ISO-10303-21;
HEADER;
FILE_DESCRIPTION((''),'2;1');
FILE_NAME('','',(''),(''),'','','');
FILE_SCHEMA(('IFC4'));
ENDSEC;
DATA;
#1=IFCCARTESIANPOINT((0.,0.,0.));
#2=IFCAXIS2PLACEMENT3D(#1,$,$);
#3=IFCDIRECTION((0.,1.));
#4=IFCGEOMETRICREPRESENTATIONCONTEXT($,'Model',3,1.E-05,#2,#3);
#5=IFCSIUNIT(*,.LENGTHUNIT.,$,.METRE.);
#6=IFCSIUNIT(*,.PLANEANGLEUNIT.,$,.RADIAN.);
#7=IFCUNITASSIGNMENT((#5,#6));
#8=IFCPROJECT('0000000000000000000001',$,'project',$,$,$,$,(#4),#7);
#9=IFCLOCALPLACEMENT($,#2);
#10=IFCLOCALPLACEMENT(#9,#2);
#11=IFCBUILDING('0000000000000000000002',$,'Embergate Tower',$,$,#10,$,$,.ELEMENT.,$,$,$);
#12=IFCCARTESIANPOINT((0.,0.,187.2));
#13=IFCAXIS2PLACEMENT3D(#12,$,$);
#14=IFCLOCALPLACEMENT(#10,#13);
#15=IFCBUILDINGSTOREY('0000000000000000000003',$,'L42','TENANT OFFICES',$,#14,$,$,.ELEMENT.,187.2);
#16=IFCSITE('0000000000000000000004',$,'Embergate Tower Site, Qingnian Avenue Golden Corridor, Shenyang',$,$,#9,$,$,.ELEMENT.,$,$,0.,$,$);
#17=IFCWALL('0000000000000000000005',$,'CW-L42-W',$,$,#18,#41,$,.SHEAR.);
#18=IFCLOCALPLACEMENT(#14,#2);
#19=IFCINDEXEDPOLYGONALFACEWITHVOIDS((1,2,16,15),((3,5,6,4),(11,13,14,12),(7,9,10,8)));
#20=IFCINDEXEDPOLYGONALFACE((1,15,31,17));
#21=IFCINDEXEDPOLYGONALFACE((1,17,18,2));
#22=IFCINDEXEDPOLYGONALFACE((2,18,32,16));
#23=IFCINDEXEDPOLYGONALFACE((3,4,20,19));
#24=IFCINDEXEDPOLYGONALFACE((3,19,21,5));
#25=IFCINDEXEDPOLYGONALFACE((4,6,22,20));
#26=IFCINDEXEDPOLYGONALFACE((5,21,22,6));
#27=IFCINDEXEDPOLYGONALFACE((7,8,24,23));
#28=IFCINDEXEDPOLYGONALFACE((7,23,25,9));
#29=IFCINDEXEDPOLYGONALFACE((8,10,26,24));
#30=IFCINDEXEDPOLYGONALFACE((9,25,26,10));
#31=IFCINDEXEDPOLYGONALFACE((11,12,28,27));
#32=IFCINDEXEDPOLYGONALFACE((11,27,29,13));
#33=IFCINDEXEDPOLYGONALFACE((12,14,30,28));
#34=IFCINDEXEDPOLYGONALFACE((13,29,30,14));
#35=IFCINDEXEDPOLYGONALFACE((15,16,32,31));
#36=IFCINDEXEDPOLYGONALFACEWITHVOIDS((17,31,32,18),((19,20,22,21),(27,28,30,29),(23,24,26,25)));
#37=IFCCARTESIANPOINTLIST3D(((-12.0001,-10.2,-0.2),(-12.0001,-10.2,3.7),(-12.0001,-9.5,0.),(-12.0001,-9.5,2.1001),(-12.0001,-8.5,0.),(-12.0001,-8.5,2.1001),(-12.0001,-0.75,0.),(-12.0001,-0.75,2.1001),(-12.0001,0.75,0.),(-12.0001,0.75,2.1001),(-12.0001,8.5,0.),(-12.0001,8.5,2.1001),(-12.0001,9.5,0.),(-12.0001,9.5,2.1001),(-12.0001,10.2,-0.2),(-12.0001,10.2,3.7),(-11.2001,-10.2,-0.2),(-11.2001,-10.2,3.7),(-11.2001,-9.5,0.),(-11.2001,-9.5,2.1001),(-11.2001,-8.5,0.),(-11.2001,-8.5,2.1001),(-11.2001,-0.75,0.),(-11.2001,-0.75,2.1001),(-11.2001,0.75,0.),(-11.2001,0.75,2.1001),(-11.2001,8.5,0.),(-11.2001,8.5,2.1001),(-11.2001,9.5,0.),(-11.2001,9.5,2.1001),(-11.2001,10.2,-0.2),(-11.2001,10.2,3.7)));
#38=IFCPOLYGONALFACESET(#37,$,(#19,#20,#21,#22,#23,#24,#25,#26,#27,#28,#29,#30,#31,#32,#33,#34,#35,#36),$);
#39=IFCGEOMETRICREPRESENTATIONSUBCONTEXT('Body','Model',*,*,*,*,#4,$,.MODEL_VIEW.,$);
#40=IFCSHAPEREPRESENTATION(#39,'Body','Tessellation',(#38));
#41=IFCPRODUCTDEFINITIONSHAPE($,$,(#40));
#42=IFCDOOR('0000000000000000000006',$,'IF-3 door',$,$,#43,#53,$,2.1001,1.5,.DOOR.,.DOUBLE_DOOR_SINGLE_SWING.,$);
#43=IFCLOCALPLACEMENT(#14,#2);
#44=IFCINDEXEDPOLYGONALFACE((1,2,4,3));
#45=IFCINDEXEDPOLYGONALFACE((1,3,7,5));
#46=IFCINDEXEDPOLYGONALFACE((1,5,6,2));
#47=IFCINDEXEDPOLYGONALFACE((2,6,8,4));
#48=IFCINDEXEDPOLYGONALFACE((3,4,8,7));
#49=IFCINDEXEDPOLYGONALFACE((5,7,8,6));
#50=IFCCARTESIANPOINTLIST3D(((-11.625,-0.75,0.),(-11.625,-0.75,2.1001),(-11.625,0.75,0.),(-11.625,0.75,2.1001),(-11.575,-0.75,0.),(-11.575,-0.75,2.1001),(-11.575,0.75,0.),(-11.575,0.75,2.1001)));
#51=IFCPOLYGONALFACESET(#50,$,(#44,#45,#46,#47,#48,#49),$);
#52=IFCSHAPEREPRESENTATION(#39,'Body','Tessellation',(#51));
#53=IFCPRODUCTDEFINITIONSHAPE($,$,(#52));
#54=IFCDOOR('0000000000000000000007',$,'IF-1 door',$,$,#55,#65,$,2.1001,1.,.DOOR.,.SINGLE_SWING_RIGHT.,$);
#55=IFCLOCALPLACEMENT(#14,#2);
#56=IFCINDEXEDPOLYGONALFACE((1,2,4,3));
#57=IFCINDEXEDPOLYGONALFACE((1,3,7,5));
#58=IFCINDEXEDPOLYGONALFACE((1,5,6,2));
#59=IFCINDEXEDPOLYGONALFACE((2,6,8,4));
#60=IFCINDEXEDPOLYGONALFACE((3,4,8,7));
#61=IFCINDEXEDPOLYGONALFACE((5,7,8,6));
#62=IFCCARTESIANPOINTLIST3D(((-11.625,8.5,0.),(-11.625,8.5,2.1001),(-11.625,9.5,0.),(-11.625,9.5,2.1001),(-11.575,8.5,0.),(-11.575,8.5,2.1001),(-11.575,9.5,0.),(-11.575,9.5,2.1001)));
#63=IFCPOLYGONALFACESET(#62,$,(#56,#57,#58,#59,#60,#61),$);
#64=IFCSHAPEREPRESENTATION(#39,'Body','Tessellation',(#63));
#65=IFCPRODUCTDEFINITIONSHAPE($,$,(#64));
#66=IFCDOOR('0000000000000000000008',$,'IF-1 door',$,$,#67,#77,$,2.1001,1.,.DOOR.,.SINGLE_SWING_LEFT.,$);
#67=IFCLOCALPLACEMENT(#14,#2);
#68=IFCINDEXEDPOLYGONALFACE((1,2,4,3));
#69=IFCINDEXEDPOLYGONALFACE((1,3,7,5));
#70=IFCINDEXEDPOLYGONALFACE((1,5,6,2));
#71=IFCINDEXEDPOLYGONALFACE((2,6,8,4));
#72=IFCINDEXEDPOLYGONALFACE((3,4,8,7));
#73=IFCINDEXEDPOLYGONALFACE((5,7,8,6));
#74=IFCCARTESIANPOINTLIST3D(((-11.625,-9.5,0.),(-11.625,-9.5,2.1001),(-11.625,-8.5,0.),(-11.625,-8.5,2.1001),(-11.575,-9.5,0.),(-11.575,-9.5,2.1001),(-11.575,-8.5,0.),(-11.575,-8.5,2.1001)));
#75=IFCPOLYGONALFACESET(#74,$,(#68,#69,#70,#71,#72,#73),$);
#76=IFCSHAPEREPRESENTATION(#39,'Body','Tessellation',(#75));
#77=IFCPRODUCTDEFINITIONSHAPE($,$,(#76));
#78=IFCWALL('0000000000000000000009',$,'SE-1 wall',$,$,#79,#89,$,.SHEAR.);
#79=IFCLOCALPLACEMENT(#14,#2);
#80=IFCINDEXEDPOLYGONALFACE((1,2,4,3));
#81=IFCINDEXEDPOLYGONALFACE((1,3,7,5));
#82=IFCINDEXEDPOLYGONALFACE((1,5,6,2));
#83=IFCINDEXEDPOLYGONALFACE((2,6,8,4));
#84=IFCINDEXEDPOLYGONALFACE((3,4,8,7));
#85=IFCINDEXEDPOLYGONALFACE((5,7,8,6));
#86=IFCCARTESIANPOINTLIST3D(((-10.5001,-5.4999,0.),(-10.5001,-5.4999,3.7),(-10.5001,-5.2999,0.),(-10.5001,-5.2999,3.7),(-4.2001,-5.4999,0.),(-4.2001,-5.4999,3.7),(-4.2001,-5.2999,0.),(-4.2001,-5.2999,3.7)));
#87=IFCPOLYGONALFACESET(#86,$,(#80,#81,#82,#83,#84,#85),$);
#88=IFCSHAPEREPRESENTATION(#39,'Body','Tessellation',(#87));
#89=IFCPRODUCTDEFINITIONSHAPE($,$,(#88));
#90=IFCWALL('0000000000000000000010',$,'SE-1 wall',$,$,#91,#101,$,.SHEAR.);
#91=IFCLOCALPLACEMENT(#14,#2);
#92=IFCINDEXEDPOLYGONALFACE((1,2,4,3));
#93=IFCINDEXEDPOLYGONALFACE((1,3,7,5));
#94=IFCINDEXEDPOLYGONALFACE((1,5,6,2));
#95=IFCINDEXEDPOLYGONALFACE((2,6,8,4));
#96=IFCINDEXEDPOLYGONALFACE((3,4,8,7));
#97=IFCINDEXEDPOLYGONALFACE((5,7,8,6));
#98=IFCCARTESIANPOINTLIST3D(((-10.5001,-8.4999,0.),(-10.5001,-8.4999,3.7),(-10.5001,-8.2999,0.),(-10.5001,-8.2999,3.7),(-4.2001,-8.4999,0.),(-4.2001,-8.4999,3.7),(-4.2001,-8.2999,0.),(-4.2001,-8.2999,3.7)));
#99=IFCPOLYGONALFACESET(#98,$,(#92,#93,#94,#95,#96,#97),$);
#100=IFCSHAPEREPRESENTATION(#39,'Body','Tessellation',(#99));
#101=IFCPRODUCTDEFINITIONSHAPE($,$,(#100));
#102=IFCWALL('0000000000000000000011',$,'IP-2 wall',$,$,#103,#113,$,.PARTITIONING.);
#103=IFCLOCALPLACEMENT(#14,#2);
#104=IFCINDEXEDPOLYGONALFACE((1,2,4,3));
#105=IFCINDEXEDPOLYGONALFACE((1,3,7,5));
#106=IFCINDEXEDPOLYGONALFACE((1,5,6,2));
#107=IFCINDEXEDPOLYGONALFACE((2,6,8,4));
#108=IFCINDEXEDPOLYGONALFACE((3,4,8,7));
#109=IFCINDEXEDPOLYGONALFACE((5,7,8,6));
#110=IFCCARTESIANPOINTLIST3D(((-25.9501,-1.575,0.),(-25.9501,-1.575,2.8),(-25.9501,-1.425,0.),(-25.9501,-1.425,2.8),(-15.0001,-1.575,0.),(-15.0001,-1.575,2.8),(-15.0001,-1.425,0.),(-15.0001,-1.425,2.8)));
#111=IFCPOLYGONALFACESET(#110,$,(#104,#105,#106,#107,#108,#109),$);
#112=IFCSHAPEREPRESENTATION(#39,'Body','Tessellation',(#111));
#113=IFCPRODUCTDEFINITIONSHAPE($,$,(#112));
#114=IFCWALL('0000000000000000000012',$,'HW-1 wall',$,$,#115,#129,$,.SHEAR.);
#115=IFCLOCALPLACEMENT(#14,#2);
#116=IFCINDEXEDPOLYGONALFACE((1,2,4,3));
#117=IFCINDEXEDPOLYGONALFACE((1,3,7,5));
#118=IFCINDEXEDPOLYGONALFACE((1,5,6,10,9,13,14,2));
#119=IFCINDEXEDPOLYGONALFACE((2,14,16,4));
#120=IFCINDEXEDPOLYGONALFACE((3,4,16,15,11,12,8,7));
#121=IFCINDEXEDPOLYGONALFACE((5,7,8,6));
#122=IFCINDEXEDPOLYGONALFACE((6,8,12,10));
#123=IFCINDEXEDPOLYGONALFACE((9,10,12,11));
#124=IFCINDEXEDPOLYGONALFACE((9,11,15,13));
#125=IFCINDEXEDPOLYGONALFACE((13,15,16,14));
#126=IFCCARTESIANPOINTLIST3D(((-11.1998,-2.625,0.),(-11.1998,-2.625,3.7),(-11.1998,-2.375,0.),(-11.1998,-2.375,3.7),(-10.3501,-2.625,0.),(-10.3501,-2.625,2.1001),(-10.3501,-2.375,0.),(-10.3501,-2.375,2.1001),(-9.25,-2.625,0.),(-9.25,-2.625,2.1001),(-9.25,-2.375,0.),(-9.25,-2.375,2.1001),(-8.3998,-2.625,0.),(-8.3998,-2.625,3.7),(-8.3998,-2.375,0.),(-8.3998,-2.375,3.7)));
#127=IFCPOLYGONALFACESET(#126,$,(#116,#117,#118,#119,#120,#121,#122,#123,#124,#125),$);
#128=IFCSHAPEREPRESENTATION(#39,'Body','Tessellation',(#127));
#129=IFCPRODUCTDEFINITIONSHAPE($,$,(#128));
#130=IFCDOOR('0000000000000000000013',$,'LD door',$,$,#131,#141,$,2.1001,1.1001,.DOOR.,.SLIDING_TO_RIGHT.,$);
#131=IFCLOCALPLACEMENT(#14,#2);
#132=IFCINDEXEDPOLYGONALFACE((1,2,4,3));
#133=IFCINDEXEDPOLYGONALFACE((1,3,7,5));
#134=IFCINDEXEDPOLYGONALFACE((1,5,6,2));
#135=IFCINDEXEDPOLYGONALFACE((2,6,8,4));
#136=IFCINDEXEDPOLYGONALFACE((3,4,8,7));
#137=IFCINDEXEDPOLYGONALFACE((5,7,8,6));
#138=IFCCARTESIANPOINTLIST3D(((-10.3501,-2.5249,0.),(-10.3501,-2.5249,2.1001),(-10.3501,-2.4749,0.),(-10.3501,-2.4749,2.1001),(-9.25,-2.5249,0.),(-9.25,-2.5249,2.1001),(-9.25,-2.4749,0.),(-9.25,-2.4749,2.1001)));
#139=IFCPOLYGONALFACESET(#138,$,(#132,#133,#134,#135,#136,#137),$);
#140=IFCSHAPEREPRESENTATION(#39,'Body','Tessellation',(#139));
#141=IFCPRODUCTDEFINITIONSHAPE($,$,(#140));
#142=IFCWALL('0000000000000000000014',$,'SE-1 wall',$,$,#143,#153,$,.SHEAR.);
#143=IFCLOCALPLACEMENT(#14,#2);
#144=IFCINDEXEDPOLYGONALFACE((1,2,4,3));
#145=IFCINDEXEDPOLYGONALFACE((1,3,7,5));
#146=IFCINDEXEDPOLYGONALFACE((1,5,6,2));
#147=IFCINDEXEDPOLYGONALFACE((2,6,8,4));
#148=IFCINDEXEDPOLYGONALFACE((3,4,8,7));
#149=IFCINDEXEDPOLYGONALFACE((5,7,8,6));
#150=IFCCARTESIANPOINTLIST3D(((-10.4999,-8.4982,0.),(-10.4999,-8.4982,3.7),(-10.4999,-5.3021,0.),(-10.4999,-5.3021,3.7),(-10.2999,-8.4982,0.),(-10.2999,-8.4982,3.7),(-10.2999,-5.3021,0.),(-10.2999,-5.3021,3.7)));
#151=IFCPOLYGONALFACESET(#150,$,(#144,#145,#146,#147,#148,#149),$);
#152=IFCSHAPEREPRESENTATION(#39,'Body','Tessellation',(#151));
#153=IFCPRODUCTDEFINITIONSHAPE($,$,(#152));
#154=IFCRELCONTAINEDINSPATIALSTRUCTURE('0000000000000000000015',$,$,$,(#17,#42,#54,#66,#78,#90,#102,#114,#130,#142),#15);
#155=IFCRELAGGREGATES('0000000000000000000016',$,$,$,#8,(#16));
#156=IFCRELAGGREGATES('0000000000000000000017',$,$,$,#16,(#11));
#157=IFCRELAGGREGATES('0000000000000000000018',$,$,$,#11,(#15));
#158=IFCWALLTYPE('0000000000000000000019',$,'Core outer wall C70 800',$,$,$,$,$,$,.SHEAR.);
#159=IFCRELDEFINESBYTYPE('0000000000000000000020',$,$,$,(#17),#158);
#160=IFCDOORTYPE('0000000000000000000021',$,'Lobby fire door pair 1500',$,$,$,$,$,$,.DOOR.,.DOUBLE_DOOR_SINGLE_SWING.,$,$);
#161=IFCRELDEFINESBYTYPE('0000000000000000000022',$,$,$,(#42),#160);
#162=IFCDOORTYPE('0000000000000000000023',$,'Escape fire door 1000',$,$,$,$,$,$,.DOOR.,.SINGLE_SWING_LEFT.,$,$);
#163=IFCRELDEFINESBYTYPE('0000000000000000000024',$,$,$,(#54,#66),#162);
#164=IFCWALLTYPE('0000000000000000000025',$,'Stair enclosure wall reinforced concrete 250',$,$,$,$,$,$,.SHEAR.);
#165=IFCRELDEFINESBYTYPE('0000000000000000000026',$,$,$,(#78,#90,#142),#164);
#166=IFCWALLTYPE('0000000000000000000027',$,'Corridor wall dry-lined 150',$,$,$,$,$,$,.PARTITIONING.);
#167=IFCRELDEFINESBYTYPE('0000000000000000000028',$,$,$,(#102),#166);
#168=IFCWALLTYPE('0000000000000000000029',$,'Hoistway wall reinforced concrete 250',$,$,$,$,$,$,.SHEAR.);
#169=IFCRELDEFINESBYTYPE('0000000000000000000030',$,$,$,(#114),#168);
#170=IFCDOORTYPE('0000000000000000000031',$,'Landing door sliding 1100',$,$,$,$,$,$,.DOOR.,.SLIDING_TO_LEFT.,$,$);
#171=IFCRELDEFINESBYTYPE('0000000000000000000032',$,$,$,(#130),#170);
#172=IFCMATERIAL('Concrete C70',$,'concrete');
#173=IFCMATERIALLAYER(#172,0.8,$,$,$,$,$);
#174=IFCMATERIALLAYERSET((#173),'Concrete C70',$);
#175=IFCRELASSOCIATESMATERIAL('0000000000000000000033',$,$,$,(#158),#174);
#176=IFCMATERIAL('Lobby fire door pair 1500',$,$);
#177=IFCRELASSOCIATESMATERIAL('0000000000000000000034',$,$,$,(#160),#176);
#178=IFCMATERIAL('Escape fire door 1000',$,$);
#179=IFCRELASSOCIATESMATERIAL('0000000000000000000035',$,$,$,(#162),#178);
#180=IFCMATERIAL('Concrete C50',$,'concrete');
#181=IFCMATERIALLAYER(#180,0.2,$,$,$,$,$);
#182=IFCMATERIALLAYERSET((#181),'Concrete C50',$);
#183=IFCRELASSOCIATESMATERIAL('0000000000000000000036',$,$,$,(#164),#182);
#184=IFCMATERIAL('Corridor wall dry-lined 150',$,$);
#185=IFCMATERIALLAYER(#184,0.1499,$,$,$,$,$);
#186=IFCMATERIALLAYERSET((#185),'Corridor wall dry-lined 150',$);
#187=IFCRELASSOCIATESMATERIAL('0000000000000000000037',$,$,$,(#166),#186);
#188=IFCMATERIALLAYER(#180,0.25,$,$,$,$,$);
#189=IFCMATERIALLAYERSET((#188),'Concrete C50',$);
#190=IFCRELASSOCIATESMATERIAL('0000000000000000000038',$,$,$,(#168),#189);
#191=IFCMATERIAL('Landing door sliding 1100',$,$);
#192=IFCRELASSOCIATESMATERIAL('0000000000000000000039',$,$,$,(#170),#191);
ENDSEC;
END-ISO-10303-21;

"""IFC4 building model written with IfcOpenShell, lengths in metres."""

from ifc_helpers import new_model, si_unit, direction, frame, frame_2d, origin, place, context, subcontext, project, spatial, rectangle, extrude, source, transform, mapped, material, layer, layer_set, type_object, element, fill, save


model = new_model("IFC4")

# Units and contexts
model_context = context("Model", 3, precision=1e-05, world=origin(), true_north=direction((0.0, 1.0)))
body_context = subcontext(model_context, "Body", "Model", "MODEL_VIEW")
ifc_project = project(units=[si_unit("LENGTHUNIT", "METRE"), si_unit("PLANEANGLEUNIT", "RADIAN")], contexts=[model_context])

# Site, building, storey
site_placement = place(None, origin())
site = spatial("IfcSite", under=ifc_project, at=site_placement, Name="Embergate Tower Site, Qingnian Avenue Golden Corridor, Shenyang", CompositionType="ELEMENT", RefElevation=0.0)
building_placement = place(site_placement, origin())
building = spatial("IfcBuilding", under=site, at=building_placement, Name="Embergate Tower", CompositionType="ELEMENT")
storey_placement = place(building_placement, frame((0.0, 0.0, 187.2)))
storey = spatial("IfcBuildingStorey", under=building, at=storey_placement, Name="L42", Description="TENANT OFFICES", CompositionType="ELEMENT", Elevation=187.2)

# Wall, openings, doors
ifc_material_1 = material(Name="Concrete C70", Category="concrete")
ifc_layer_1 = layer(ifc_material_1, 0.8)
ifc_layer_set_1 = layer_set([ifc_layer_1], Name="Concrete C70")
wall_type_1 = type_object("IfcWallType", Name="Core outer wall C70 800", PredefinedType="SHEAR", material=ifc_layer_set_1)
shared_shape_1 = source(origin(), body_context, "Body", "SweptSolid", [
    extrude(rectangle(XDim=20.3999, YDim=0.8, at=frame_2d((10.2, 0.0))), origin(), (0.0, 0.0, 1.0), 3.8999),
])
wall_1_placement = place(storey_placement, frame((-11.6001, -10.2, -0.2), z_axis=(0.0, 0.0, 1.0), x_axis=(0.0, 1.0, 0.0)))
wall_1 = element("IfcWall", 1, at=wall_1_placement, inside=storey, type_object=wall_type_1, Name="CW-L42-W", PredefinedType="SHEAR", context=body_context, shape_type="MappedRepresentation", body=[
    mapped(shared_shape_1, transform((0.0, 0.0, 0.0))),
])
shared_shape_2 = source(origin(), body_context, "Body", "SweptSolid", [
    extrude(rectangle(XDim=1.0, YDim=2.1001, at=frame_2d((0.5, 1.05))), frame((0.0, 0.4099, 0.0), z_axis=(0.0, -1.0, 0.0), x_axis=(1.0, 0.0, 0.0)), (0.0, 0.0, 1.0), 0.8201),
])
opening_1_placement = place(wall_1_placement, frame((18.7, 0.0, 0.2)))
opening_1 = element("IfcOpeningElement", 2, at=opening_1_placement, cuts=wall_1, PredefinedType="OPENING", context=body_context, shape_type="MappedRepresentation", body=[
    mapped(shared_shape_2, transform((0.0, 0.0, 0.0))),
])
opening_2_placement = place(wall_1_placement, frame((0.7, 0.0, 0.2)))
opening_2 = element("IfcOpeningElement", 3, at=opening_2_placement, cuts=wall_1, PredefinedType="OPENING", context=body_context, shape_type="MappedRepresentation", body=[
    mapped(shared_shape_2, transform((0.0, 0.0, 0.0))),
])
shared_shape_3 = source(origin(), body_context, "Body", "SweptSolid", [
    extrude(rectangle(XDim=1.5, YDim=2.1001, at=frame_2d((0.75, 1.05))), frame((0.0, 0.4099, 0.0), z_axis=(0.0, -1.0, 0.0), x_axis=(1.0, 0.0, 0.0)), (0.0, 0.0, 1.0), 0.8201),
])
opening_3_placement = place(wall_1_placement, frame((9.45, 0.0, 0.2)))
opening_3 = element("IfcOpeningElement", 4, at=opening_3_placement, cuts=wall_1, PredefinedType="OPENING", context=body_context, shape_type="MappedRepresentation", body=[
    mapped(shared_shape_3, transform((0.0, 0.0, 0.0))),
])
ifc_material_2 = material(Name="Lobby fire door pair 1500")
door_type_1 = type_object("IfcDoorType", Name="Lobby fire door pair 1500", OperationType="DOUBLE_DOOR_SINGLE_SWING", PredefinedType="DOOR", material=ifc_material_2)
shared_shape_4 = source(origin(), body_context, "Body", "SweptSolid", [
    extrude(rectangle(XDim=1.5, YDim=2.1001, at=frame_2d((0.75, 1.05))), frame((0.0, 0.0249, 0.0), z_axis=(0.0, -1.0, 0.0), x_axis=(1.0, 0.0, 0.0)), (0.0, 0.0, 1.0), 0.05),
])
door_1_placement = place(opening_3_placement, origin())
door_1 = element("IfcDoor", 5, at=door_1_placement, inside=storey, type_object=door_type_1, Name="IF-3 door", OperationType="DOUBLE_DOOR_SINGLE_SWING", OverallHeight=2.1001, OverallWidth=1.5, PredefinedType="DOOR", context=body_context, shape_type="MappedRepresentation", body=[
    mapped(shared_shape_4, transform((0.0, 0.0, 0.0))),
])
fill(opening_3, door_1)
ifc_material_3 = material(Name="Escape fire door 1000")
door_type_2 = type_object("IfcDoorType", Name="Escape fire door 1000", OperationType="SINGLE_SWING_LEFT", PredefinedType="DOOR", material=ifc_material_3)
shared_shape_5 = source(origin(), body_context, "Body", "SweptSolid", [
    extrude(rectangle(XDim=1.0, YDim=2.1001, at=frame_2d((0.5, 1.05))), frame((0.0, 0.0249, 0.0), z_axis=(0.0, -1.0, 0.0), x_axis=(1.0, 0.0, 0.0)), (0.0, 0.0, 1.0), 0.05),
])
door_2_placement = place(opening_1_placement, origin())
door_2 = element("IfcDoor", 6, at=door_2_placement, inside=storey, type_object=door_type_2, Name="IF-1 door", OperationType="SINGLE_SWING_RIGHT", OverallHeight=2.1001, OverallWidth=1.0, PredefinedType="DOOR", context=body_context, shape_type="MappedRepresentation", body=[
    mapped(shared_shape_5, transform((0.0, 0.0, 0.0))),
])
fill(opening_1, door_2)
door_3_placement = place(opening_2_placement, origin())
door_3 = element("IfcDoor", 7, at=door_3_placement, inside=storey, type_object=door_type_2, Name="IF-1 door", OperationType="SINGLE_SWING_LEFT", OverallHeight=2.1001, OverallWidth=1.0, PredefinedType="DOOR", context=body_context, shape_type="MappedRepresentation", body=[
    mapped(shared_shape_5, transform((0.0, 0.0, 0.0))),
])
fill(opening_2, door_3)

# Walls
ifc_material_4 = material(Name="Concrete C50", Category="concrete")
ifc_layer_2 = layer(ifc_material_4, 0.2)
ifc_layer_set_2 = layer_set([ifc_layer_2], Name="Concrete C50")
wall_type_2 = type_object("IfcWallType", Name="Stair enclosure wall reinforced concrete 250", PredefinedType="SHEAR", material=ifc_layer_set_2)
shared_shape_6 = source(origin(), body_context, "Body", "SweptSolid", [
    extrude(rectangle(XDim=6.3, YDim=0.2, at=frame_2d((3.1499, 0.0))), origin(), (0.0, 0.0, 1.0), 3.7),
])
for number, where, z_axis, x_axis, name in (
    (8, (-10.5, -5.3999, 0.0), (0.0, 0.0, 1.0), (1.0, 0.0, 0.0), "SE-1 wall"),
    (9, (-10.5, -8.3999, 0.0), (0.0, 0.0, 1.0), (1.0, 0.0, 0.0), "SE-1 wall"),
):
    element("IfcWall", number, at=place(storey_placement, frame(where, z_axis=z_axis, x_axis=x_axis)), inside=storey, type_object=wall_type_2, Name=name, PredefinedType="SHEAR", context=body_context, shape_type="MappedRepresentation", body=[
        mapped(shared_shape_6, transform((0.0, 0.0, 0.0))),
    ])
ifc_material_5 = material(Name="Corridor wall dry-lined 150")
ifc_layer_3 = layer(ifc_material_5, 0.1499)
ifc_layer_set_3 = layer_set([ifc_layer_3], Name="Corridor wall dry-lined 150")
wall_type_3 = type_object("IfcWallType", Name="Corridor wall dry-lined 150", PredefinedType="PARTITIONING", material=ifc_layer_set_3)
shared_shape_7 = source(origin(), body_context, "Body", "SweptSolid", [
    extrude(rectangle(XDim=10.95, YDim=0.1499, at=frame_2d((5.4751, 0.0))), origin(), (0.0, 0.0, 1.0), 2.8),
])
wall_2_placement = place(storey_placement, frame((-15.0, -1.5, 0.0), z_axis=(0.0, 0.0, 1.0), x_axis=(-1.0, 0.0, 0.0)))
element("IfcWall", 10, at=wall_2_placement, inside=storey, type_object=wall_type_3, Name="IP-2 wall", PredefinedType="PARTITIONING", context=body_context, shape_type="MappedRepresentation", body=[
    mapped(shared_shape_7, transform((0.0, 0.0, 0.0))),
])

# Wall, opening, door
ifc_layer_4 = layer(ifc_material_4, 0.25)
ifc_layer_set_4 = layer_set([ifc_layer_4], Name="Concrete C50")
wall_type_4 = type_object("IfcWallType", Name="Hoistway wall reinforced concrete 250", PredefinedType="SHEAR", material=ifc_layer_set_4)
shared_shape_8 = source(origin(), body_context, "Body", "SweptSolid", [
    extrude(rectangle(XDim=2.8, YDim=0.25, at=frame_2d((1.3999, 0.0))), origin(), (0.0, 0.0, 1.0), 3.7),
])
wall_3_placement = place(storey_placement, frame((-8.3999, -2.5, 0.0), z_axis=(0.0, 0.0, 1.0), x_axis=(-1.0, 0.0, 0.0)))
wall_3 = element("IfcWall", 11, at=wall_3_placement, inside=storey, type_object=wall_type_4, Name="HW-1 wall", PredefinedType="SHEAR", context=body_context, shape_type="MappedRepresentation", body=[
    mapped(shared_shape_8, transform((0.0, 0.0, 0.0))),
])
shared_shape_9 = source(origin(), body_context, "Body", "SweptSolid", [
    extrude(rectangle(XDim=1.1001, YDim=2.1001, at=frame_2d((0.55, 1.05))), frame((0.0, 0.135, 0.0), z_axis=(0.0, -1.0, 0.0), x_axis=(1.0, 0.0, 0.0)), (0.0, 0.0, 1.0), 0.27),
])
opening_4_placement = place(wall_3_placement, frame((0.8501, 0.0, 0.0)))
opening_4 = element("IfcOpeningElement", 12, at=opening_4_placement, cuts=wall_3, PredefinedType="OPENING", context=body_context, shape_type="MappedRepresentation", body=[
    mapped(shared_shape_9, transform((0.0, 0.0, 0.0))),
])
ifc_material_6 = material(Name="Landing door sliding 1100")
door_type_3 = type_object("IfcDoorType", Name="Landing door sliding 1100", OperationType="SLIDING_TO_LEFT", PredefinedType="DOOR", material=ifc_material_6)
shared_shape_10 = source(origin(), body_context, "Body", "SweptSolid", [
    extrude(rectangle(XDim=1.1001, YDim=2.1001, at=frame_2d((0.55, 1.05))), frame((0.0, 0.0249, 0.0), z_axis=(0.0, -1.0, 0.0), x_axis=(1.0, 0.0, 0.0)), (0.0, 0.0, 1.0), 0.05),
])
door_4_placement = place(opening_4_placement, origin())
door_4 = element("IfcDoor", 13, at=door_4_placement, inside=storey, type_object=door_type_3, Name="LD door", OperationType="SLIDING_TO_RIGHT", OverallHeight=2.1001, OverallWidth=1.1001, PredefinedType="DOOR", context=body_context, shape_type="MappedRepresentation", body=[
    mapped(shared_shape_10, transform((0.0, 0.0, 0.0))),
])
fill(opening_4, door_4)

# Wall
shared_shape_11 = source(origin(), body_context, "Body", "SweptSolid", [
    extrude(rectangle(XDim=3.196, YDim=0.2, at=frame_2d((1.5981, 0.0))), origin(), (0.0, 0.0, 1.0), 3.7),
])
wall_4_placement = place(storey_placement, frame((-10.3999, -5.302, 0.0), z_axis=(0.0, 0.0, 1.0), x_axis=(0.0, -1.0, 0.0)))
element("IfcWall", 14, at=wall_4_placement, inside=storey, type_object=wall_type_2, Name="SE-1 wall", PredefinedType="SHEAR", context=body_context, shape_type="MappedRepresentation", body=[
    mapped(shared_shape_11, transform((0.0, 0.0, 0.0))),
])

save(model, "model.ifc")
